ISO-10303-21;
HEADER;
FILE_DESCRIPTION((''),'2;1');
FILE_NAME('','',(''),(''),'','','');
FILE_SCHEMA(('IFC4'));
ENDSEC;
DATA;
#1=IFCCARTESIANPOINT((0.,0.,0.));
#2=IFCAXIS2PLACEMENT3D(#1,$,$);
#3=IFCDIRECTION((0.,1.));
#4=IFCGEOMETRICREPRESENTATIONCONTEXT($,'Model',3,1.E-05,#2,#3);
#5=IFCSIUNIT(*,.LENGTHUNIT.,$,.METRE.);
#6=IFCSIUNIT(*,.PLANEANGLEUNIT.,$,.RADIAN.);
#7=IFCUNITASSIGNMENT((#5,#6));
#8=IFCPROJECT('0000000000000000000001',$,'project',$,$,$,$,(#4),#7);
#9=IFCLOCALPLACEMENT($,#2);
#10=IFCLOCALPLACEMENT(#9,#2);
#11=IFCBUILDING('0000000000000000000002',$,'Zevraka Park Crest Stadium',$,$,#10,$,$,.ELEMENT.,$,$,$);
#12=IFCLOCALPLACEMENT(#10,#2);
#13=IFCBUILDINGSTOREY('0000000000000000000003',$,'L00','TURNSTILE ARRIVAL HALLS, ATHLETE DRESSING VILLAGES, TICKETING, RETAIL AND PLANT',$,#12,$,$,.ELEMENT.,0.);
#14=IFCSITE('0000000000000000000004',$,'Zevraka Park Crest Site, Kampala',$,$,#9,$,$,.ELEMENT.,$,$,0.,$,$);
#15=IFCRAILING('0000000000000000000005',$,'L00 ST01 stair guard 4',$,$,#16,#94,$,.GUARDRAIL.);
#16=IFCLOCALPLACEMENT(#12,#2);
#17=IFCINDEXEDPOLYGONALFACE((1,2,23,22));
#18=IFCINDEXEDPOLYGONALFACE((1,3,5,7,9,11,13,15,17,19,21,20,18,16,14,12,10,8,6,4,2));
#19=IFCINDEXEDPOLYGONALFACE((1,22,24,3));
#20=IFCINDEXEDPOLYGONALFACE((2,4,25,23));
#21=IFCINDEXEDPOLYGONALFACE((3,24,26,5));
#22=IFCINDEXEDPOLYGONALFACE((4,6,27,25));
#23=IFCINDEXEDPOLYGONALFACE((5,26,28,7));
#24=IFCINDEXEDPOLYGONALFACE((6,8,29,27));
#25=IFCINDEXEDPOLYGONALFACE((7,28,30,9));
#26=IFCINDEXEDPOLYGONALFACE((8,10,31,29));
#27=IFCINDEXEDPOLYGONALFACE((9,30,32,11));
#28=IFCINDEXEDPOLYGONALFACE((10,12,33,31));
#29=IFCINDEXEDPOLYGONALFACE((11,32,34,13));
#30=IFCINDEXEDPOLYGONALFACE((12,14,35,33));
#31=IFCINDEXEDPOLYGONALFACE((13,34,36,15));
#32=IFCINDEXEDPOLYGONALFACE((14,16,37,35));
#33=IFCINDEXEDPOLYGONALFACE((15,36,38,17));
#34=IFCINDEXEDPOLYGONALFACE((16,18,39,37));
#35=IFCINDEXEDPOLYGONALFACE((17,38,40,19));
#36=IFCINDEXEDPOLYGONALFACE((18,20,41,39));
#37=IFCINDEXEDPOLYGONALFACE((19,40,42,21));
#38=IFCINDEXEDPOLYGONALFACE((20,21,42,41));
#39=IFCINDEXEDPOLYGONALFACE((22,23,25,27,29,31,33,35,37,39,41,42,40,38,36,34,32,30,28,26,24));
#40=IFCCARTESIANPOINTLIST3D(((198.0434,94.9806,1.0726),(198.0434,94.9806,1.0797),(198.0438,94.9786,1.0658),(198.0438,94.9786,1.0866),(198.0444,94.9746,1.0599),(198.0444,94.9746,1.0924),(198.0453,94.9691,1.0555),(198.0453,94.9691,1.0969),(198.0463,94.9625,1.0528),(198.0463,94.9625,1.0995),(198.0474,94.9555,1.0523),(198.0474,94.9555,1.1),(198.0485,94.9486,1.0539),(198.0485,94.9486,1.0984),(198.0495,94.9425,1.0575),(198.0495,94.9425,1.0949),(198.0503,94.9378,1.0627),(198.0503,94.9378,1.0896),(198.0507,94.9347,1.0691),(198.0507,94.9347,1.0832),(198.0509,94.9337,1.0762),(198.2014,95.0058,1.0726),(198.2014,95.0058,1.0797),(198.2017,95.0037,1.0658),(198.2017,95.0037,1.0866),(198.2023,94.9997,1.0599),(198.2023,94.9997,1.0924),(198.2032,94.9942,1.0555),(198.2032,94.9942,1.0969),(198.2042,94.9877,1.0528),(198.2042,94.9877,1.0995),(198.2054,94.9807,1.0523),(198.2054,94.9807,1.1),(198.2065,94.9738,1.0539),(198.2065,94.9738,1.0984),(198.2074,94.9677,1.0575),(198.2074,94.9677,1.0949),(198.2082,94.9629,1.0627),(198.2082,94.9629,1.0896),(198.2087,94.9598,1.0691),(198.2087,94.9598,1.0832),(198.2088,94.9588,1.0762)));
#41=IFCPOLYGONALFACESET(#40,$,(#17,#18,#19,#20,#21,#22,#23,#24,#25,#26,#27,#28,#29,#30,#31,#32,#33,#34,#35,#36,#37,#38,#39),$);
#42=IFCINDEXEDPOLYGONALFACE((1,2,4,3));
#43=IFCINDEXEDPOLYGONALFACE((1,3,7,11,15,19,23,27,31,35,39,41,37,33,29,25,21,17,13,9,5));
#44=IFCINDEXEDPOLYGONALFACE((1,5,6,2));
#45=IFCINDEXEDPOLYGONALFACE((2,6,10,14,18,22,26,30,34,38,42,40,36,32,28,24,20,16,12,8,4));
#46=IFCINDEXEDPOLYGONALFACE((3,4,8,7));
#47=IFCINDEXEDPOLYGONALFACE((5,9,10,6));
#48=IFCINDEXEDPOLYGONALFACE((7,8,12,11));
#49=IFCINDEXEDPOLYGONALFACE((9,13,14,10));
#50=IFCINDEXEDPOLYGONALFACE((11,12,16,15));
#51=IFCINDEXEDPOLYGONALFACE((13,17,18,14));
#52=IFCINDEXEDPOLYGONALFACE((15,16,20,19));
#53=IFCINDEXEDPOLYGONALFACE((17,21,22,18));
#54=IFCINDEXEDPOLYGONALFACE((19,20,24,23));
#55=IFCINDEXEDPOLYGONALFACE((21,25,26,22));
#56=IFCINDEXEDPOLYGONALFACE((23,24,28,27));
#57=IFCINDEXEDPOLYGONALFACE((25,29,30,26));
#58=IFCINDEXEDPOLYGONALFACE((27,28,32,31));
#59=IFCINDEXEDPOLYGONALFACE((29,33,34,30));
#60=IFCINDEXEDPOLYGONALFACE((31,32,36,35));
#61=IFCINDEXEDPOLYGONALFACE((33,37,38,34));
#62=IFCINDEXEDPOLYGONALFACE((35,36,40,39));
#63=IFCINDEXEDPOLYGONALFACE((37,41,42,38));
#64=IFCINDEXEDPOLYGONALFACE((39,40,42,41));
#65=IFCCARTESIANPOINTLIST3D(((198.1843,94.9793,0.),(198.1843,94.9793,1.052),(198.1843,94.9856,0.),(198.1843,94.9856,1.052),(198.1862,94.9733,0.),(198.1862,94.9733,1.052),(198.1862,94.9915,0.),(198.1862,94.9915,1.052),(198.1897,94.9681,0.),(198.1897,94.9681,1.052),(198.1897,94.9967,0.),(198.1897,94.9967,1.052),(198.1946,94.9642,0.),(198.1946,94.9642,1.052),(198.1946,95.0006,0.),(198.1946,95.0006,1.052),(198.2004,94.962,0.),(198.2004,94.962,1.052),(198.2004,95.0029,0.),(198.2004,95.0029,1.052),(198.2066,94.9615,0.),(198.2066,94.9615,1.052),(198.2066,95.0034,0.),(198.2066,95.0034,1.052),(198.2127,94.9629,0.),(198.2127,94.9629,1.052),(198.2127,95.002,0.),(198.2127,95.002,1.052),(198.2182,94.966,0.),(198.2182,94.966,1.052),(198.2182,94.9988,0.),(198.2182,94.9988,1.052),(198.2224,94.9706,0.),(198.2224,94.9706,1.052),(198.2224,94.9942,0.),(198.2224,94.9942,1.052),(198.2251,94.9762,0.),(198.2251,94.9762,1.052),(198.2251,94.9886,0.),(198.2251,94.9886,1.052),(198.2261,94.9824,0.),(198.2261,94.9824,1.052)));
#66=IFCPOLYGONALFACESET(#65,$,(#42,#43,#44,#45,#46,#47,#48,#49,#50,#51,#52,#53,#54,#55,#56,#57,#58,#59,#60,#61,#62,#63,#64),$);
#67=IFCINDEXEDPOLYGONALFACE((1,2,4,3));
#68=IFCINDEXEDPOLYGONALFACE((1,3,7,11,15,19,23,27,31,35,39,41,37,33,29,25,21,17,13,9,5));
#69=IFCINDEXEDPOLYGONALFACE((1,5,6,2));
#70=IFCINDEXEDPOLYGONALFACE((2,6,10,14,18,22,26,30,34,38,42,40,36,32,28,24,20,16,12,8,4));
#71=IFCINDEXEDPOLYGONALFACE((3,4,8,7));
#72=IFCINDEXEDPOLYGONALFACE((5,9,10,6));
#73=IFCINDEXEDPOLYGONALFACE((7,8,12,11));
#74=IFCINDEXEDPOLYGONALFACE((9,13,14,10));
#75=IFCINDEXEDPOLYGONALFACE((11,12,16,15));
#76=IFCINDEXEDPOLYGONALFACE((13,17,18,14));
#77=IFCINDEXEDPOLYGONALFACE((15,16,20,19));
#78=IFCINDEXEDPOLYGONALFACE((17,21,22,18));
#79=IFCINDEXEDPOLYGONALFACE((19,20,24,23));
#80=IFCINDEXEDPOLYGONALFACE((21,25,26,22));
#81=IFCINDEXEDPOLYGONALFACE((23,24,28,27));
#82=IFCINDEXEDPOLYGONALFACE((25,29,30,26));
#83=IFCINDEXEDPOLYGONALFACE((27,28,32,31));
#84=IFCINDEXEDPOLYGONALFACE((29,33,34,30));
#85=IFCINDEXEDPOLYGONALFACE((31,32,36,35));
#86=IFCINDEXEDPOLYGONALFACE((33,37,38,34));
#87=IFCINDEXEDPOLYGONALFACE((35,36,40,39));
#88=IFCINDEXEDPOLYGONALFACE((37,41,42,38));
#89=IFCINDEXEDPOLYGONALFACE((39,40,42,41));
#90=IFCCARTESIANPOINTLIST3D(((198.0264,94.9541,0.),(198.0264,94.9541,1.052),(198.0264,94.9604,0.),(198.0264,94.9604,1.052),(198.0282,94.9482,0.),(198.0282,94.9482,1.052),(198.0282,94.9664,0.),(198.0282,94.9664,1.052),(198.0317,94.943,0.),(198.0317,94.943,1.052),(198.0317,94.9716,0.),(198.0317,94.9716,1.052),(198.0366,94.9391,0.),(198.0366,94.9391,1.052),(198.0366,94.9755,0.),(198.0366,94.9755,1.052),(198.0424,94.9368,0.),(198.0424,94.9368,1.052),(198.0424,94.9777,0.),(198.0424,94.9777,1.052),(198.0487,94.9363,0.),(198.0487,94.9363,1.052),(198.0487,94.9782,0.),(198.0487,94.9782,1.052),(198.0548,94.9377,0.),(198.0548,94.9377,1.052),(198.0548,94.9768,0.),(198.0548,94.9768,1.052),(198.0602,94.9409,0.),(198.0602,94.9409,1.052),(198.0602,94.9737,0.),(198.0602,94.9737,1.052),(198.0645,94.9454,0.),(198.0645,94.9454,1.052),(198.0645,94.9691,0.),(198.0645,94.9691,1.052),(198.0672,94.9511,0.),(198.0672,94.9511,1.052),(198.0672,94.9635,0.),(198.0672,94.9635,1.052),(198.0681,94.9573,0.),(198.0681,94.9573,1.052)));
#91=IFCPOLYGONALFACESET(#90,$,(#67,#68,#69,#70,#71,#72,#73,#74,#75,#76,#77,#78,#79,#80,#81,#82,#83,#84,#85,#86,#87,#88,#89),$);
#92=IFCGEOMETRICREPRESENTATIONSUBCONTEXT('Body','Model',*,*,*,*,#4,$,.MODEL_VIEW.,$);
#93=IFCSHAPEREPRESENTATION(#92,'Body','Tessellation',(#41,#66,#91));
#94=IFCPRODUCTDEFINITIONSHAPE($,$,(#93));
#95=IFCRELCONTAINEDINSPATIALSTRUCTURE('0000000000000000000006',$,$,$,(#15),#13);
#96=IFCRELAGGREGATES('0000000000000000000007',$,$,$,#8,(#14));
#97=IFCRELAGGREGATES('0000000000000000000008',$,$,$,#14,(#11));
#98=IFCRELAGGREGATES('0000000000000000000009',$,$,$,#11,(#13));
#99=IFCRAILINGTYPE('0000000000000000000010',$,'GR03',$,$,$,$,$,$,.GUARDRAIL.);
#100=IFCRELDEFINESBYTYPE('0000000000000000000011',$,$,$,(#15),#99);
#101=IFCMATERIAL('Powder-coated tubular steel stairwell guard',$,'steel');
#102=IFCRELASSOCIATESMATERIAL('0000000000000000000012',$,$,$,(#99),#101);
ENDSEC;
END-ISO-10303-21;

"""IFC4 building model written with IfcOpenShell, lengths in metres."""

from ifc_helpers import new_model, si_unit, direction, frame, origin, origin_2d, place, context, subcontext, project, spatial, circle, extrude, material, type_object, element, save


model = new_model("IFC4")

# Units and contexts
model_context = context("Model", 3, precision=1e-05, world=origin(), true_north=direction((0.0, 1.0)))
body_context = subcontext(model_context, "Body", "Model", "MODEL_VIEW")
ifc_project = project(units=[si_unit("LENGTHUNIT", "METRE"), si_unit("PLANEANGLEUNIT", "RADIAN")], contexts=[model_context])

# Site, building, storey
site_placement = place(None, origin())
site = spatial("IfcSite", under=ifc_project, at=site_placement, Name="Zevraka Park Crest Site, Kampala", CompositionType="ELEMENT", RefElevation=0.0)
building_placement = place(site_placement, origin())
building = spatial("IfcBuilding", under=site, at=building_placement, Name="Zevraka Park Crest Stadium", CompositionType="ELEMENT")
storey_placement = place(building_placement, origin())
storey = spatial("IfcBuildingStorey", under=building, at=storey_placement, Name="L00", Description="TURNSTILE ARRIVAL HALLS, ATHLETE DRESSING VILLAGES, TICKETING, RETAIL AND PLANT", CompositionType="ELEMENT", Elevation=0.0)

# Railing
ifc_material_1 = material(Name="Powder-coated tubular steel stairwell guard", Category="steel")
railing_type_1 = type_object("IfcRailingType", Name="GR03", PredefinedType="GUARDRAIL", material=ifc_material_1)
railing_1_placement = place(storey_placement, frame((198.2051, 94.9824, 0.0)))
element("IfcRailing", 1, at=railing_1_placement, inside=storey, type_object=railing_type_1, Name="L00 ST01 stair guard 4", PredefinedType="GUARDRAIL", context=body_context, shape_type="SweptSolid", body=[
    extrude(circle(Radius=0.0239, at=origin_2d()), frame((0.0, 0.0, 1.0762), z_axis=(-0.987564, -0.157217, 0.0), x_axis=(0.157217, -0.987564, 0.0)), (0.0, 0.0, 1.0), 0.1599),
    extrude(circle(Radius=0.021, at=origin_2d()), origin(), (0.0, 0.0, 1.0), 1.052),
    extrude(circle(Radius=0.021, at=origin_2d()), frame((-0.158, -0.0251, 0.0)), (0.0, 0.0, 1.0), 1.052),
])

save(model, "model.ifc")
